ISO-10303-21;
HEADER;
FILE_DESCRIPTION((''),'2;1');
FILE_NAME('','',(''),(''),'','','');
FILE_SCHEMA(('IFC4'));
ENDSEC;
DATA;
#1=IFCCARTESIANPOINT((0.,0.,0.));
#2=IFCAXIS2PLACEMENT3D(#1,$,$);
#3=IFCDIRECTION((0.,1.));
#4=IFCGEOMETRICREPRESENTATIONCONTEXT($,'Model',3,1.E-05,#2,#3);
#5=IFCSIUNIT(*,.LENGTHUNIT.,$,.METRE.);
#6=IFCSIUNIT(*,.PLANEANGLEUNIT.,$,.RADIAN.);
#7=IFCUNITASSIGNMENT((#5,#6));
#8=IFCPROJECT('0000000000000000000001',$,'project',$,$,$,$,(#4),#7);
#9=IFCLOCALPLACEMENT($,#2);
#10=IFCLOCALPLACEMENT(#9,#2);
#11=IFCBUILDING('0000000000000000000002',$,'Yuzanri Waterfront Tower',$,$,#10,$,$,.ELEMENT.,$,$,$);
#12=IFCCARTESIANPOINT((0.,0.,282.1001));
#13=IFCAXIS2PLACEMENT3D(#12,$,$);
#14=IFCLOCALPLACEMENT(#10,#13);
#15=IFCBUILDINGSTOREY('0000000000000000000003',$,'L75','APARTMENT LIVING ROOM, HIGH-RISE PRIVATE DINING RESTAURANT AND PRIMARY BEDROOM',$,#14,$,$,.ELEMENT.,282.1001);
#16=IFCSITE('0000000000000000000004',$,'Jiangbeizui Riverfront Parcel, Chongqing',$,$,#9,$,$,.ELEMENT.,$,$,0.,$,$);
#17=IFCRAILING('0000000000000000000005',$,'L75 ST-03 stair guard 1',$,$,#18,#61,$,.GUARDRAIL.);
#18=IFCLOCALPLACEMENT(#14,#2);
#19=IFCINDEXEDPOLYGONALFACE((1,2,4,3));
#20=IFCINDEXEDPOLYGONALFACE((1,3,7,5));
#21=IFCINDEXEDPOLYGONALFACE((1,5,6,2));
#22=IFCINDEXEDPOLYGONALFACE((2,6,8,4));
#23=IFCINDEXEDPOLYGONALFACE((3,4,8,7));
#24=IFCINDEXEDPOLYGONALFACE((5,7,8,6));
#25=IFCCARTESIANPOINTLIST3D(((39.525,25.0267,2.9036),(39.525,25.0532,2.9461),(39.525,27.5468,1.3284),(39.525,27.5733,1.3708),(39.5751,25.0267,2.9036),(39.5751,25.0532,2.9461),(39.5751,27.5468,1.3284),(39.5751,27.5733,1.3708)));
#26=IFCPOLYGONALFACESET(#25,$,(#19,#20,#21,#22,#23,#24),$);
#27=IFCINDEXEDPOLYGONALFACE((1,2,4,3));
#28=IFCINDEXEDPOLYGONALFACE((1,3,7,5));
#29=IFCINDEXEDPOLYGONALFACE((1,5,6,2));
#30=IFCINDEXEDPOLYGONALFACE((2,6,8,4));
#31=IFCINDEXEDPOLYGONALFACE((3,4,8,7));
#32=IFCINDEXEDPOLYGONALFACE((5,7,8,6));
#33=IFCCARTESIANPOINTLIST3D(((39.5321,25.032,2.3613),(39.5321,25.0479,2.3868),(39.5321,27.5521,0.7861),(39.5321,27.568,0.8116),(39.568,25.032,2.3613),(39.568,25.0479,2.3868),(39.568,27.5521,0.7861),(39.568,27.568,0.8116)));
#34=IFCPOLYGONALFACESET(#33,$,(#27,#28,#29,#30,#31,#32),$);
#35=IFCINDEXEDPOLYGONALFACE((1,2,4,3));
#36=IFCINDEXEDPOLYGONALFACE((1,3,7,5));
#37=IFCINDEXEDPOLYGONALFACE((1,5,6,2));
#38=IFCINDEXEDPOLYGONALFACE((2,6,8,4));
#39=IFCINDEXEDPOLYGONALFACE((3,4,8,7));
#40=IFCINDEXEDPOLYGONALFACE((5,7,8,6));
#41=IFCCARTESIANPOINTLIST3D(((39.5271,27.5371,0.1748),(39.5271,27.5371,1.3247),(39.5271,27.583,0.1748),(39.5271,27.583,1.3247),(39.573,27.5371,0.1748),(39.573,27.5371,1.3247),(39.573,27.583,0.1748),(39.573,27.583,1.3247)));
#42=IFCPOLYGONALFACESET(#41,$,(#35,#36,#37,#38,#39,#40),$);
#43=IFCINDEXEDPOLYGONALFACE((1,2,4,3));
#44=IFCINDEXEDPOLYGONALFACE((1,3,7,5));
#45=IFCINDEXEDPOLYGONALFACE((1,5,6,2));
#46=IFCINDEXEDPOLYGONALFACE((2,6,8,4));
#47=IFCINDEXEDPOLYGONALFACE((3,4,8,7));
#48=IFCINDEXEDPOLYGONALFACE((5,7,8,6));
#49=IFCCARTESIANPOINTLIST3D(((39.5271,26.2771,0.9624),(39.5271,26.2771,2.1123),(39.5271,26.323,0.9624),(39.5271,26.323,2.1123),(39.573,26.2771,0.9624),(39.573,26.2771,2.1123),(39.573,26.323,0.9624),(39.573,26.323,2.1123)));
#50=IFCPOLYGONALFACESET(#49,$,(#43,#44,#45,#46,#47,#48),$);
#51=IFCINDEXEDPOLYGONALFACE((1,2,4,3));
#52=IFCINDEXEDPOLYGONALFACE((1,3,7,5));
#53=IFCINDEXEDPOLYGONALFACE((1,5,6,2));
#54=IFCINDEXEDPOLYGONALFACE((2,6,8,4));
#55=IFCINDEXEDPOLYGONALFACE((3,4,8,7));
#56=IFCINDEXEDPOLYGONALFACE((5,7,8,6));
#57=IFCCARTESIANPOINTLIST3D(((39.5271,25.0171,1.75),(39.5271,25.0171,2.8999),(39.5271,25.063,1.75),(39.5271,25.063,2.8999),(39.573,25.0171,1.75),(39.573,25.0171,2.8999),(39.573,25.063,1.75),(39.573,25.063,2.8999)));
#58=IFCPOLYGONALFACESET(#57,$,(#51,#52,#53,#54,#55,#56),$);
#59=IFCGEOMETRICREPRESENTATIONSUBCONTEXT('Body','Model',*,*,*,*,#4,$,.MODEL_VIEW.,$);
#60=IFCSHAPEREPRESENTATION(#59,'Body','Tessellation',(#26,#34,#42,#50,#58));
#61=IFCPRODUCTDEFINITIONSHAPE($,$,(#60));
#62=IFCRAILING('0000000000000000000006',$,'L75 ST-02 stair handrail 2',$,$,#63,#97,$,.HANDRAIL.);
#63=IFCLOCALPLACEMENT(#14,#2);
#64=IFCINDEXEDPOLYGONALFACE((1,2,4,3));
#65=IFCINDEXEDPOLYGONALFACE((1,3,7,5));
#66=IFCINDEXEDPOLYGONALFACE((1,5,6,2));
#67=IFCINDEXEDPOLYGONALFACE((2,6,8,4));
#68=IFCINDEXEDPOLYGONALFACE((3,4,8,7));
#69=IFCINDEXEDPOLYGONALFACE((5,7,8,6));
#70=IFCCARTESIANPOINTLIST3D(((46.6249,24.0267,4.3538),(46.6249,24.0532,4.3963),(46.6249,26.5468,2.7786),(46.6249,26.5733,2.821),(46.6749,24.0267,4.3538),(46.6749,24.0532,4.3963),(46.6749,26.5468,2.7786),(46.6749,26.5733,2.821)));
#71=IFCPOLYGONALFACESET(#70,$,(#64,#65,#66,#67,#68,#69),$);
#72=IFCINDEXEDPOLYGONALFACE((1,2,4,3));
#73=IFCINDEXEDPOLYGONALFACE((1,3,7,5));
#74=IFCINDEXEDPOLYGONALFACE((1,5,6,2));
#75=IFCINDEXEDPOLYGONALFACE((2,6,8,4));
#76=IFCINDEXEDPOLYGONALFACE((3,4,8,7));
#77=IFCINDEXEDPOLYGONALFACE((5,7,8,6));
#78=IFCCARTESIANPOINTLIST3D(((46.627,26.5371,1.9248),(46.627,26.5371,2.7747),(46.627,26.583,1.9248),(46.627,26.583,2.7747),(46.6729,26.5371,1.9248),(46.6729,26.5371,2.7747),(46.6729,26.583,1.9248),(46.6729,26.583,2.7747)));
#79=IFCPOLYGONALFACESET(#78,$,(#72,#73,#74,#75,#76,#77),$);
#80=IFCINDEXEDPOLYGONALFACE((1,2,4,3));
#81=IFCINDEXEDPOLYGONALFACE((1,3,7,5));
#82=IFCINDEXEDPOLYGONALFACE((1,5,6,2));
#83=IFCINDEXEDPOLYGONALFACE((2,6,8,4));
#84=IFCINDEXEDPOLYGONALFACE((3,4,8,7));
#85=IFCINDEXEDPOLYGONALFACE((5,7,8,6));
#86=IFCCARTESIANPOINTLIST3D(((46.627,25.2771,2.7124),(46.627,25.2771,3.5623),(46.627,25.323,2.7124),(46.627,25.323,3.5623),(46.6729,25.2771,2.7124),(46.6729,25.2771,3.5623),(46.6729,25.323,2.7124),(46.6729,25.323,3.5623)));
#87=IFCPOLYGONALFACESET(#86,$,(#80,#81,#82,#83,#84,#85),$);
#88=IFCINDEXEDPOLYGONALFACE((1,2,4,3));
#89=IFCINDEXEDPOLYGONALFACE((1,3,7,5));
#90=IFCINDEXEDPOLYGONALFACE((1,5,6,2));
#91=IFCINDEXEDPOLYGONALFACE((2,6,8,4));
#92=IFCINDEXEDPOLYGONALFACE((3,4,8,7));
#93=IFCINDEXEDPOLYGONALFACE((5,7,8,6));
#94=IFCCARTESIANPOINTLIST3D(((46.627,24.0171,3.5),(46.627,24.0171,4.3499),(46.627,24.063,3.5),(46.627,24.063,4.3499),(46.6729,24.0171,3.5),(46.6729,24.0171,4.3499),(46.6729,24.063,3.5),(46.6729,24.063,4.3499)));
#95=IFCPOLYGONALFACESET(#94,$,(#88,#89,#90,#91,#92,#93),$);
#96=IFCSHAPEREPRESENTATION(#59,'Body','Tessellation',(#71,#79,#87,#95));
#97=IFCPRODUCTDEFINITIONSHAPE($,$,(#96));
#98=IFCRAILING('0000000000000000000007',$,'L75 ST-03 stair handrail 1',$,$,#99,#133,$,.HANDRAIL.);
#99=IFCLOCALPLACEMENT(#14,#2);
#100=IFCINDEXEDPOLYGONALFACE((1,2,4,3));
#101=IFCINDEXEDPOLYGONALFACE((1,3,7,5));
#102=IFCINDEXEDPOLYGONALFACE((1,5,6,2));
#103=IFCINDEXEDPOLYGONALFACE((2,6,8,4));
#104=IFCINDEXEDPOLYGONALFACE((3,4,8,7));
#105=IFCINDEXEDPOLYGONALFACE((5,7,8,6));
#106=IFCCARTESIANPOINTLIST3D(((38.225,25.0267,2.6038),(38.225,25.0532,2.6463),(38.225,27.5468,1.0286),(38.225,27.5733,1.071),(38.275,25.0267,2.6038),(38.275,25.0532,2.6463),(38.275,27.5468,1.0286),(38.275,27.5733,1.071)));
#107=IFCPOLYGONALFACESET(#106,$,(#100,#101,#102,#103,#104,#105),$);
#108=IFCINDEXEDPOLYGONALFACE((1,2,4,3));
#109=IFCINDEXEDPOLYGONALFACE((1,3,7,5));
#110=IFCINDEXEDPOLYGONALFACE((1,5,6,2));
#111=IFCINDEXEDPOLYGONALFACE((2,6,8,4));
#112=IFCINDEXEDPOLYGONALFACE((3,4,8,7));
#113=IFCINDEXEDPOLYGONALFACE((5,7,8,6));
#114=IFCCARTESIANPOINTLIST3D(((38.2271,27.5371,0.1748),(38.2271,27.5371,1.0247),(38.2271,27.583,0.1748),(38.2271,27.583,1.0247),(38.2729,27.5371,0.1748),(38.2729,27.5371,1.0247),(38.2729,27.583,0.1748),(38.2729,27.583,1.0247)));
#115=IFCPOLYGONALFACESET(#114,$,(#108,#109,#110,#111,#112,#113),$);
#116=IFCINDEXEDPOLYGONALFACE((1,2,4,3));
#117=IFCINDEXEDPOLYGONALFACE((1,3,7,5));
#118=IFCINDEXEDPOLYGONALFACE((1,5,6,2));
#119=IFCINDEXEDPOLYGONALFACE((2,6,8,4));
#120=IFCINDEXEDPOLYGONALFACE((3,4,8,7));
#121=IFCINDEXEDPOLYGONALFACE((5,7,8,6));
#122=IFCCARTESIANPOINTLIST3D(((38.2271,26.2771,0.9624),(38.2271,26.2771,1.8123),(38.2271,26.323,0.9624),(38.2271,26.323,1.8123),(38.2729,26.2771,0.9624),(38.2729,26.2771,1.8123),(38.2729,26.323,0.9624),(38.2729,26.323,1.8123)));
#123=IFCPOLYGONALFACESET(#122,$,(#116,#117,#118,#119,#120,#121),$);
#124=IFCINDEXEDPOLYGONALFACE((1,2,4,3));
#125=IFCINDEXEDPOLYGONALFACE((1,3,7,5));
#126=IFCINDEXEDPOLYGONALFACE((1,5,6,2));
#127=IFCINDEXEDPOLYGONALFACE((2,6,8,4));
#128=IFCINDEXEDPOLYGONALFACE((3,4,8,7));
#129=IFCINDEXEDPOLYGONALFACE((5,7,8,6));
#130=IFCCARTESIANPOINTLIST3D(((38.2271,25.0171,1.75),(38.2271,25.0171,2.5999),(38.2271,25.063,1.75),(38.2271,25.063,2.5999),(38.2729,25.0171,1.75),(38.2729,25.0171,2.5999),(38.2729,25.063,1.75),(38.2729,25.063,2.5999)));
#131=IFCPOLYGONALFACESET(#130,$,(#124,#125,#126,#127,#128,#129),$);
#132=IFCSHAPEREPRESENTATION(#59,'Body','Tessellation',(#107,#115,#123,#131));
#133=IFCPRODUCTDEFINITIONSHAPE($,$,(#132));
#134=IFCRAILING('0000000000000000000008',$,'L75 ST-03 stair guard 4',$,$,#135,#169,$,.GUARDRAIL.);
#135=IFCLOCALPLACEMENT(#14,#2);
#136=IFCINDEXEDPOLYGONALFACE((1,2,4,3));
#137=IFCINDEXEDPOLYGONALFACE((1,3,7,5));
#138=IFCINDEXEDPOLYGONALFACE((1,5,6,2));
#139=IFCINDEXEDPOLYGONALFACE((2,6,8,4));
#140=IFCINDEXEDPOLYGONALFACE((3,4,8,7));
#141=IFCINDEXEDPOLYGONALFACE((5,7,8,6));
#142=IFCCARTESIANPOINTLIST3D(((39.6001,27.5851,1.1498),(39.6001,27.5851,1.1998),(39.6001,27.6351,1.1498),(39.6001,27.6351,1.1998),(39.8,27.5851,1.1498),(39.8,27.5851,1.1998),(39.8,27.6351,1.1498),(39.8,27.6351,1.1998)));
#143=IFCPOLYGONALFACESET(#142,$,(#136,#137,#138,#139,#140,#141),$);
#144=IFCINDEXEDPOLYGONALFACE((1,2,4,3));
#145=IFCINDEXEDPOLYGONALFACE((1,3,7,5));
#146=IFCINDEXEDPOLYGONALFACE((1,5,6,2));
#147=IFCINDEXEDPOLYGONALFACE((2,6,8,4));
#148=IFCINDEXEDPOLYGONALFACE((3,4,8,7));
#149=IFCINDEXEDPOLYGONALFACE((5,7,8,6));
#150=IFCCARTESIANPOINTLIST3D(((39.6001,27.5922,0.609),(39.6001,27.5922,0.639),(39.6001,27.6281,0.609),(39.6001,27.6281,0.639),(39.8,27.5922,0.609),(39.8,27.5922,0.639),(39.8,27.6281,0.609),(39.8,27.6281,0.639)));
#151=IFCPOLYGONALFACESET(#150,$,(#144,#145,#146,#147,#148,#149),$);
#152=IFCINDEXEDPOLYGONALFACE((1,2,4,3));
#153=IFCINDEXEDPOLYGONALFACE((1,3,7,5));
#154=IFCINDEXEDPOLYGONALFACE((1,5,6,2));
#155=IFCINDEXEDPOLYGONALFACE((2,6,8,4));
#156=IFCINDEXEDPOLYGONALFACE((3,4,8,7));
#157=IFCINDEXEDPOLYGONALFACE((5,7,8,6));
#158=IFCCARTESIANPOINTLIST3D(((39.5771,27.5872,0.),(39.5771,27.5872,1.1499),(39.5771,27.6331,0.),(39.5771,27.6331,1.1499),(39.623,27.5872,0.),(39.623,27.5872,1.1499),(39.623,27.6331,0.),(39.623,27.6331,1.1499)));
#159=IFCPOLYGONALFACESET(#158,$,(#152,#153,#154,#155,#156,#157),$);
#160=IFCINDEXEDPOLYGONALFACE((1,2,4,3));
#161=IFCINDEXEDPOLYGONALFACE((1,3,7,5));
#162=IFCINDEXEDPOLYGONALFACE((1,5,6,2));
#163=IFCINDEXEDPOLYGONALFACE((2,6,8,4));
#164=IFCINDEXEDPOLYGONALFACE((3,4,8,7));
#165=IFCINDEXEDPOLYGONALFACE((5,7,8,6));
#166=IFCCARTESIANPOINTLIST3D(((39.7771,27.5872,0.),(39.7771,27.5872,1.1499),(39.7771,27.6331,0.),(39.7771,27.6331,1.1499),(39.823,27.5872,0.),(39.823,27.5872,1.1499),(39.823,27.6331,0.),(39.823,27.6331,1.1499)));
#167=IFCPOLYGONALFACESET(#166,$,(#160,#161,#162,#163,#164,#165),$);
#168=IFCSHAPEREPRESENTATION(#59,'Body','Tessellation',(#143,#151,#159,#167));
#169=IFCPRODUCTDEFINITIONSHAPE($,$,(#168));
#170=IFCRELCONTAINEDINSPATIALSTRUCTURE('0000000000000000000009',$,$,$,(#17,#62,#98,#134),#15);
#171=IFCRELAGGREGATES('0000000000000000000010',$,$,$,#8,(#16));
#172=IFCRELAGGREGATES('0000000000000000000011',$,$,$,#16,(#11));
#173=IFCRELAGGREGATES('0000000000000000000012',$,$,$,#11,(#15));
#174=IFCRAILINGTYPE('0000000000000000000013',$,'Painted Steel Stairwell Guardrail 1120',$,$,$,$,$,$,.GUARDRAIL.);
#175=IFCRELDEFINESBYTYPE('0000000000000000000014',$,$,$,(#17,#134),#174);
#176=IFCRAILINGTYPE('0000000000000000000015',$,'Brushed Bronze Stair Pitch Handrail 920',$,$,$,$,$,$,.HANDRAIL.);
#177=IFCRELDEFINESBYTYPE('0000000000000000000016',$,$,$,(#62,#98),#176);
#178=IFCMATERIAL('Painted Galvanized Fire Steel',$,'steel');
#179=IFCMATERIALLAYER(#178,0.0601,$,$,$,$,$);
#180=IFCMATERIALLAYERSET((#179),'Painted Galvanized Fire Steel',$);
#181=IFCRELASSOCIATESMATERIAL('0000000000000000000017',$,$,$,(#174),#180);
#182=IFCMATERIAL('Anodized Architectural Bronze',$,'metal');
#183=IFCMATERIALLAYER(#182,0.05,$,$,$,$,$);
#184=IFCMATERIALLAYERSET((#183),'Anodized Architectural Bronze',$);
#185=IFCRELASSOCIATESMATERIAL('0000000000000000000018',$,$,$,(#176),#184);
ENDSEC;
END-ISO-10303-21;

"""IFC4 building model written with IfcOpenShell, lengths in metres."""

from ifc_helpers import new_model, si_unit, direction, frame, origin, origin_2d, place, context, subcontext, project, spatial, rectangle, extrude, source, transform, mapped, material, layer, layer_set, type_object, element, save


model = new_model("IFC4")

# Units and contexts
model_context = context("Model", 3, precision=1e-05, world=origin(), true_north=direction((0.0, 1.0)))
body_context = subcontext(model_context, "Body", "Model", "MODEL_VIEW")
ifc_project = project(units=[si_unit("LENGTHUNIT", "METRE"), si_unit("PLANEANGLEUNIT", "RADIAN")], contexts=[model_context])

# Site, building, storey
site_placement = place(None, origin())
site = spatial("IfcSite", under=ifc_project, at=site_placement, Name="Jiangbeizui Riverfront Parcel, Chongqing", CompositionType="ELEMENT", RefElevation=0.0)
building_placement = place(site_placement, origin())
building = spatial("IfcBuilding", under=site, at=building_placement, Name="Yuzanri Waterfront Tower", CompositionType="ELEMENT")
storey_placement = place(building_placement, frame((0.0, 0.0, 282.1001)))
storey = spatial("IfcBuildingStorey", under=building, at=storey_placement, Name="L75", Description="APARTMENT LIVING ROOM, HIGH-RISE PRIVATE DINING RESTAURANT AND PRIMARY BEDROOM", CompositionType="ELEMENT", Elevation=282.1001)

# Railings
ifc_material_1 = material(Name="Painted Galvanized Fire Steel", Category="steel")
ifc_layer_1 = layer(ifc_material_1, 0.0601)
ifc_layer_set_1 = layer_set([ifc_layer_1], Name="Painted Galvanized Fire Steel")
railing_type_1 = type_object("IfcRailingType", Name="Painted Steel Stairwell Guardrail 1120", PredefinedType="GUARDRAIL", material=ifc_layer_set_1)
shared_shape_1 = source(origin(), body_context, "Body", "SweptSolid", [
    extrude(rectangle(XDim=0.05, YDim=0.05, at=origin_2d()), frame((0.0, 0.0, 1.1748), z_axis=(0.0, -0.847971, 0.530043), x_axis=(1.0, 0.0, 0.0)), (0.0, 0.0, 1.0), 2.9719),
    extrude(rectangle(XDim=0.0359, YDim=0.03, at=origin_2d()), frame((0.0, 0.0, 0.624), z_axis=(0.0, -0.847971, 0.530043), x_axis=(1.0, 0.0, 0.0)), (0.0, 0.0, 1.0), 2.9719),
    extrude(rectangle(XDim=0.0459, YDim=0.0459, at=origin_2d()), origin(), (0.0, 0.0, 1.0), 1.1499),
    extrude(rectangle(XDim=0.0459, YDim=0.0459, at=origin_2d()), frame((0.0, -1.26, 0.7876)), (0.0, 0.0, 1.0), 1.1499),
    extrude(rectangle(XDim=0.0459, YDim=0.0459, at=origin_2d()), frame((0.0, -2.52, 1.5752)), (0.0, 0.0, 1.0), 1.1499),
])
for number, where, name in (
    (1, (39.55, 27.5601, 0.1748), "L75 ST-03 stair guard 1"),
):
    element("IfcRailing", number, at=place(storey_placement, frame(where)), inside=storey, type_object=railing_type_1, Name=name, PredefinedType="GUARDRAIL", context=body_context, shape_type="MappedRepresentation", body=[
        mapped(shared_shape_1, transform((0.0, 0.0, 0.0), scale=1.0)),
    ])
ifc_material_2 = material(Name="Anodized Architectural Bronze", Category="metal")
ifc_layer_2 = layer(ifc_material_2, 0.05)
ifc_layer_set_2 = layer_set([ifc_layer_2], Name="Anodized Architectural Bronze")
railing_type_2 = type_object("IfcRailingType", Name="Brushed Bronze Stair Pitch Handrail 920", PredefinedType="HANDRAIL", material=ifc_layer_set_2)
shared_shape_2 = source(origin(), body_context, "Body", "SweptSolid", [
    extrude(rectangle(XDim=0.05, YDim=0.05, at=origin_2d()), frame((0.0, 0.0, 0.875), z_axis=(0.0, -0.847971, 0.530043), x_axis=(1.0, 0.0, 0.0)), (0.0, 0.0, 1.0), 2.9719),
    extrude(rectangle(XDim=0.0459, YDim=0.0459, at=origin_2d()), origin(), (0.0, 0.0, 1.0), 0.8499),
    extrude(rectangle(XDim=0.0459, YDim=0.0459, at=origin_2d()), frame((0.0, -1.26, 0.7876)), (0.0, 0.0, 1.0), 0.8499),
    extrude(rectangle(XDim=0.0459, YDim=0.0459, at=origin_2d()), frame((0.0, -2.52, 1.5752)), (0.0, 0.0, 1.0), 0.8499),
])
for number, where, name in (
    (2, (46.6499, 26.5601, 1.9248), "L75 ST-02 stair handrail 2"),
    (3, (38.25, 27.5601, 0.1748), "L75 ST-03 stair handrail 1"),
):
    element("IfcRailing", number, at=place(storey_placement, frame(where)), inside=storey, type_object=railing_type_2, Name=name, PredefinedType="HANDRAIL", context=body_context, shape_type="MappedRepresentation", body=[
        mapped(shared_shape_2, transform((0.0, 0.0, 0.0), scale=1.0)),
    ])
shared_shape_3 = source(origin(), body_context, "Body", "SweptSolid", [
    extrude(rectangle(XDim=0.05, YDim=0.05, at=origin_2d()), frame((0.0, 0.0, 1.1748), z_axis=(1.0, 0.0, 0.0), x_axis=(0.0, 1.0, 0.0)), (0.0, 0.0, 1.0), 0.2),
    extrude(rectangle(XDim=0.0359, YDim=0.03, at=origin_2d()), frame((0.0, 0.0, 0.624), z_axis=(1.0, 0.0, 0.0), x_axis=(0.0, 1.0, 0.0)), (0.0, 0.0, 1.0), 0.2),
    extrude(rectangle(XDim=0.0459, YDim=0.0459, at=origin_2d()), origin(), (0.0, 0.0, 1.0), 1.1499),
    extrude(rectangle(XDim=0.0459, YDim=0.0459, at=origin_2d()), frame((0.2, 0.0, 0.0)), (0.0, 0.0, 1.0), 1.1499),
])
railing_1_placement = place(storey_placement, frame((39.6001, 27.6101, 0.0)))
element("IfcRailing", 4, at=railing_1_placement, inside=storey, type_object=railing_type_1, Name="L75 ST-03 stair guard 4", PredefinedType="GUARDRAIL", context=body_context, shape_type="MappedRepresentation", body=[
    mapped(shared_shape_3, transform((0.0, 0.0, 0.0), scale=1.0)),
])

save(model, "model.ifc")
